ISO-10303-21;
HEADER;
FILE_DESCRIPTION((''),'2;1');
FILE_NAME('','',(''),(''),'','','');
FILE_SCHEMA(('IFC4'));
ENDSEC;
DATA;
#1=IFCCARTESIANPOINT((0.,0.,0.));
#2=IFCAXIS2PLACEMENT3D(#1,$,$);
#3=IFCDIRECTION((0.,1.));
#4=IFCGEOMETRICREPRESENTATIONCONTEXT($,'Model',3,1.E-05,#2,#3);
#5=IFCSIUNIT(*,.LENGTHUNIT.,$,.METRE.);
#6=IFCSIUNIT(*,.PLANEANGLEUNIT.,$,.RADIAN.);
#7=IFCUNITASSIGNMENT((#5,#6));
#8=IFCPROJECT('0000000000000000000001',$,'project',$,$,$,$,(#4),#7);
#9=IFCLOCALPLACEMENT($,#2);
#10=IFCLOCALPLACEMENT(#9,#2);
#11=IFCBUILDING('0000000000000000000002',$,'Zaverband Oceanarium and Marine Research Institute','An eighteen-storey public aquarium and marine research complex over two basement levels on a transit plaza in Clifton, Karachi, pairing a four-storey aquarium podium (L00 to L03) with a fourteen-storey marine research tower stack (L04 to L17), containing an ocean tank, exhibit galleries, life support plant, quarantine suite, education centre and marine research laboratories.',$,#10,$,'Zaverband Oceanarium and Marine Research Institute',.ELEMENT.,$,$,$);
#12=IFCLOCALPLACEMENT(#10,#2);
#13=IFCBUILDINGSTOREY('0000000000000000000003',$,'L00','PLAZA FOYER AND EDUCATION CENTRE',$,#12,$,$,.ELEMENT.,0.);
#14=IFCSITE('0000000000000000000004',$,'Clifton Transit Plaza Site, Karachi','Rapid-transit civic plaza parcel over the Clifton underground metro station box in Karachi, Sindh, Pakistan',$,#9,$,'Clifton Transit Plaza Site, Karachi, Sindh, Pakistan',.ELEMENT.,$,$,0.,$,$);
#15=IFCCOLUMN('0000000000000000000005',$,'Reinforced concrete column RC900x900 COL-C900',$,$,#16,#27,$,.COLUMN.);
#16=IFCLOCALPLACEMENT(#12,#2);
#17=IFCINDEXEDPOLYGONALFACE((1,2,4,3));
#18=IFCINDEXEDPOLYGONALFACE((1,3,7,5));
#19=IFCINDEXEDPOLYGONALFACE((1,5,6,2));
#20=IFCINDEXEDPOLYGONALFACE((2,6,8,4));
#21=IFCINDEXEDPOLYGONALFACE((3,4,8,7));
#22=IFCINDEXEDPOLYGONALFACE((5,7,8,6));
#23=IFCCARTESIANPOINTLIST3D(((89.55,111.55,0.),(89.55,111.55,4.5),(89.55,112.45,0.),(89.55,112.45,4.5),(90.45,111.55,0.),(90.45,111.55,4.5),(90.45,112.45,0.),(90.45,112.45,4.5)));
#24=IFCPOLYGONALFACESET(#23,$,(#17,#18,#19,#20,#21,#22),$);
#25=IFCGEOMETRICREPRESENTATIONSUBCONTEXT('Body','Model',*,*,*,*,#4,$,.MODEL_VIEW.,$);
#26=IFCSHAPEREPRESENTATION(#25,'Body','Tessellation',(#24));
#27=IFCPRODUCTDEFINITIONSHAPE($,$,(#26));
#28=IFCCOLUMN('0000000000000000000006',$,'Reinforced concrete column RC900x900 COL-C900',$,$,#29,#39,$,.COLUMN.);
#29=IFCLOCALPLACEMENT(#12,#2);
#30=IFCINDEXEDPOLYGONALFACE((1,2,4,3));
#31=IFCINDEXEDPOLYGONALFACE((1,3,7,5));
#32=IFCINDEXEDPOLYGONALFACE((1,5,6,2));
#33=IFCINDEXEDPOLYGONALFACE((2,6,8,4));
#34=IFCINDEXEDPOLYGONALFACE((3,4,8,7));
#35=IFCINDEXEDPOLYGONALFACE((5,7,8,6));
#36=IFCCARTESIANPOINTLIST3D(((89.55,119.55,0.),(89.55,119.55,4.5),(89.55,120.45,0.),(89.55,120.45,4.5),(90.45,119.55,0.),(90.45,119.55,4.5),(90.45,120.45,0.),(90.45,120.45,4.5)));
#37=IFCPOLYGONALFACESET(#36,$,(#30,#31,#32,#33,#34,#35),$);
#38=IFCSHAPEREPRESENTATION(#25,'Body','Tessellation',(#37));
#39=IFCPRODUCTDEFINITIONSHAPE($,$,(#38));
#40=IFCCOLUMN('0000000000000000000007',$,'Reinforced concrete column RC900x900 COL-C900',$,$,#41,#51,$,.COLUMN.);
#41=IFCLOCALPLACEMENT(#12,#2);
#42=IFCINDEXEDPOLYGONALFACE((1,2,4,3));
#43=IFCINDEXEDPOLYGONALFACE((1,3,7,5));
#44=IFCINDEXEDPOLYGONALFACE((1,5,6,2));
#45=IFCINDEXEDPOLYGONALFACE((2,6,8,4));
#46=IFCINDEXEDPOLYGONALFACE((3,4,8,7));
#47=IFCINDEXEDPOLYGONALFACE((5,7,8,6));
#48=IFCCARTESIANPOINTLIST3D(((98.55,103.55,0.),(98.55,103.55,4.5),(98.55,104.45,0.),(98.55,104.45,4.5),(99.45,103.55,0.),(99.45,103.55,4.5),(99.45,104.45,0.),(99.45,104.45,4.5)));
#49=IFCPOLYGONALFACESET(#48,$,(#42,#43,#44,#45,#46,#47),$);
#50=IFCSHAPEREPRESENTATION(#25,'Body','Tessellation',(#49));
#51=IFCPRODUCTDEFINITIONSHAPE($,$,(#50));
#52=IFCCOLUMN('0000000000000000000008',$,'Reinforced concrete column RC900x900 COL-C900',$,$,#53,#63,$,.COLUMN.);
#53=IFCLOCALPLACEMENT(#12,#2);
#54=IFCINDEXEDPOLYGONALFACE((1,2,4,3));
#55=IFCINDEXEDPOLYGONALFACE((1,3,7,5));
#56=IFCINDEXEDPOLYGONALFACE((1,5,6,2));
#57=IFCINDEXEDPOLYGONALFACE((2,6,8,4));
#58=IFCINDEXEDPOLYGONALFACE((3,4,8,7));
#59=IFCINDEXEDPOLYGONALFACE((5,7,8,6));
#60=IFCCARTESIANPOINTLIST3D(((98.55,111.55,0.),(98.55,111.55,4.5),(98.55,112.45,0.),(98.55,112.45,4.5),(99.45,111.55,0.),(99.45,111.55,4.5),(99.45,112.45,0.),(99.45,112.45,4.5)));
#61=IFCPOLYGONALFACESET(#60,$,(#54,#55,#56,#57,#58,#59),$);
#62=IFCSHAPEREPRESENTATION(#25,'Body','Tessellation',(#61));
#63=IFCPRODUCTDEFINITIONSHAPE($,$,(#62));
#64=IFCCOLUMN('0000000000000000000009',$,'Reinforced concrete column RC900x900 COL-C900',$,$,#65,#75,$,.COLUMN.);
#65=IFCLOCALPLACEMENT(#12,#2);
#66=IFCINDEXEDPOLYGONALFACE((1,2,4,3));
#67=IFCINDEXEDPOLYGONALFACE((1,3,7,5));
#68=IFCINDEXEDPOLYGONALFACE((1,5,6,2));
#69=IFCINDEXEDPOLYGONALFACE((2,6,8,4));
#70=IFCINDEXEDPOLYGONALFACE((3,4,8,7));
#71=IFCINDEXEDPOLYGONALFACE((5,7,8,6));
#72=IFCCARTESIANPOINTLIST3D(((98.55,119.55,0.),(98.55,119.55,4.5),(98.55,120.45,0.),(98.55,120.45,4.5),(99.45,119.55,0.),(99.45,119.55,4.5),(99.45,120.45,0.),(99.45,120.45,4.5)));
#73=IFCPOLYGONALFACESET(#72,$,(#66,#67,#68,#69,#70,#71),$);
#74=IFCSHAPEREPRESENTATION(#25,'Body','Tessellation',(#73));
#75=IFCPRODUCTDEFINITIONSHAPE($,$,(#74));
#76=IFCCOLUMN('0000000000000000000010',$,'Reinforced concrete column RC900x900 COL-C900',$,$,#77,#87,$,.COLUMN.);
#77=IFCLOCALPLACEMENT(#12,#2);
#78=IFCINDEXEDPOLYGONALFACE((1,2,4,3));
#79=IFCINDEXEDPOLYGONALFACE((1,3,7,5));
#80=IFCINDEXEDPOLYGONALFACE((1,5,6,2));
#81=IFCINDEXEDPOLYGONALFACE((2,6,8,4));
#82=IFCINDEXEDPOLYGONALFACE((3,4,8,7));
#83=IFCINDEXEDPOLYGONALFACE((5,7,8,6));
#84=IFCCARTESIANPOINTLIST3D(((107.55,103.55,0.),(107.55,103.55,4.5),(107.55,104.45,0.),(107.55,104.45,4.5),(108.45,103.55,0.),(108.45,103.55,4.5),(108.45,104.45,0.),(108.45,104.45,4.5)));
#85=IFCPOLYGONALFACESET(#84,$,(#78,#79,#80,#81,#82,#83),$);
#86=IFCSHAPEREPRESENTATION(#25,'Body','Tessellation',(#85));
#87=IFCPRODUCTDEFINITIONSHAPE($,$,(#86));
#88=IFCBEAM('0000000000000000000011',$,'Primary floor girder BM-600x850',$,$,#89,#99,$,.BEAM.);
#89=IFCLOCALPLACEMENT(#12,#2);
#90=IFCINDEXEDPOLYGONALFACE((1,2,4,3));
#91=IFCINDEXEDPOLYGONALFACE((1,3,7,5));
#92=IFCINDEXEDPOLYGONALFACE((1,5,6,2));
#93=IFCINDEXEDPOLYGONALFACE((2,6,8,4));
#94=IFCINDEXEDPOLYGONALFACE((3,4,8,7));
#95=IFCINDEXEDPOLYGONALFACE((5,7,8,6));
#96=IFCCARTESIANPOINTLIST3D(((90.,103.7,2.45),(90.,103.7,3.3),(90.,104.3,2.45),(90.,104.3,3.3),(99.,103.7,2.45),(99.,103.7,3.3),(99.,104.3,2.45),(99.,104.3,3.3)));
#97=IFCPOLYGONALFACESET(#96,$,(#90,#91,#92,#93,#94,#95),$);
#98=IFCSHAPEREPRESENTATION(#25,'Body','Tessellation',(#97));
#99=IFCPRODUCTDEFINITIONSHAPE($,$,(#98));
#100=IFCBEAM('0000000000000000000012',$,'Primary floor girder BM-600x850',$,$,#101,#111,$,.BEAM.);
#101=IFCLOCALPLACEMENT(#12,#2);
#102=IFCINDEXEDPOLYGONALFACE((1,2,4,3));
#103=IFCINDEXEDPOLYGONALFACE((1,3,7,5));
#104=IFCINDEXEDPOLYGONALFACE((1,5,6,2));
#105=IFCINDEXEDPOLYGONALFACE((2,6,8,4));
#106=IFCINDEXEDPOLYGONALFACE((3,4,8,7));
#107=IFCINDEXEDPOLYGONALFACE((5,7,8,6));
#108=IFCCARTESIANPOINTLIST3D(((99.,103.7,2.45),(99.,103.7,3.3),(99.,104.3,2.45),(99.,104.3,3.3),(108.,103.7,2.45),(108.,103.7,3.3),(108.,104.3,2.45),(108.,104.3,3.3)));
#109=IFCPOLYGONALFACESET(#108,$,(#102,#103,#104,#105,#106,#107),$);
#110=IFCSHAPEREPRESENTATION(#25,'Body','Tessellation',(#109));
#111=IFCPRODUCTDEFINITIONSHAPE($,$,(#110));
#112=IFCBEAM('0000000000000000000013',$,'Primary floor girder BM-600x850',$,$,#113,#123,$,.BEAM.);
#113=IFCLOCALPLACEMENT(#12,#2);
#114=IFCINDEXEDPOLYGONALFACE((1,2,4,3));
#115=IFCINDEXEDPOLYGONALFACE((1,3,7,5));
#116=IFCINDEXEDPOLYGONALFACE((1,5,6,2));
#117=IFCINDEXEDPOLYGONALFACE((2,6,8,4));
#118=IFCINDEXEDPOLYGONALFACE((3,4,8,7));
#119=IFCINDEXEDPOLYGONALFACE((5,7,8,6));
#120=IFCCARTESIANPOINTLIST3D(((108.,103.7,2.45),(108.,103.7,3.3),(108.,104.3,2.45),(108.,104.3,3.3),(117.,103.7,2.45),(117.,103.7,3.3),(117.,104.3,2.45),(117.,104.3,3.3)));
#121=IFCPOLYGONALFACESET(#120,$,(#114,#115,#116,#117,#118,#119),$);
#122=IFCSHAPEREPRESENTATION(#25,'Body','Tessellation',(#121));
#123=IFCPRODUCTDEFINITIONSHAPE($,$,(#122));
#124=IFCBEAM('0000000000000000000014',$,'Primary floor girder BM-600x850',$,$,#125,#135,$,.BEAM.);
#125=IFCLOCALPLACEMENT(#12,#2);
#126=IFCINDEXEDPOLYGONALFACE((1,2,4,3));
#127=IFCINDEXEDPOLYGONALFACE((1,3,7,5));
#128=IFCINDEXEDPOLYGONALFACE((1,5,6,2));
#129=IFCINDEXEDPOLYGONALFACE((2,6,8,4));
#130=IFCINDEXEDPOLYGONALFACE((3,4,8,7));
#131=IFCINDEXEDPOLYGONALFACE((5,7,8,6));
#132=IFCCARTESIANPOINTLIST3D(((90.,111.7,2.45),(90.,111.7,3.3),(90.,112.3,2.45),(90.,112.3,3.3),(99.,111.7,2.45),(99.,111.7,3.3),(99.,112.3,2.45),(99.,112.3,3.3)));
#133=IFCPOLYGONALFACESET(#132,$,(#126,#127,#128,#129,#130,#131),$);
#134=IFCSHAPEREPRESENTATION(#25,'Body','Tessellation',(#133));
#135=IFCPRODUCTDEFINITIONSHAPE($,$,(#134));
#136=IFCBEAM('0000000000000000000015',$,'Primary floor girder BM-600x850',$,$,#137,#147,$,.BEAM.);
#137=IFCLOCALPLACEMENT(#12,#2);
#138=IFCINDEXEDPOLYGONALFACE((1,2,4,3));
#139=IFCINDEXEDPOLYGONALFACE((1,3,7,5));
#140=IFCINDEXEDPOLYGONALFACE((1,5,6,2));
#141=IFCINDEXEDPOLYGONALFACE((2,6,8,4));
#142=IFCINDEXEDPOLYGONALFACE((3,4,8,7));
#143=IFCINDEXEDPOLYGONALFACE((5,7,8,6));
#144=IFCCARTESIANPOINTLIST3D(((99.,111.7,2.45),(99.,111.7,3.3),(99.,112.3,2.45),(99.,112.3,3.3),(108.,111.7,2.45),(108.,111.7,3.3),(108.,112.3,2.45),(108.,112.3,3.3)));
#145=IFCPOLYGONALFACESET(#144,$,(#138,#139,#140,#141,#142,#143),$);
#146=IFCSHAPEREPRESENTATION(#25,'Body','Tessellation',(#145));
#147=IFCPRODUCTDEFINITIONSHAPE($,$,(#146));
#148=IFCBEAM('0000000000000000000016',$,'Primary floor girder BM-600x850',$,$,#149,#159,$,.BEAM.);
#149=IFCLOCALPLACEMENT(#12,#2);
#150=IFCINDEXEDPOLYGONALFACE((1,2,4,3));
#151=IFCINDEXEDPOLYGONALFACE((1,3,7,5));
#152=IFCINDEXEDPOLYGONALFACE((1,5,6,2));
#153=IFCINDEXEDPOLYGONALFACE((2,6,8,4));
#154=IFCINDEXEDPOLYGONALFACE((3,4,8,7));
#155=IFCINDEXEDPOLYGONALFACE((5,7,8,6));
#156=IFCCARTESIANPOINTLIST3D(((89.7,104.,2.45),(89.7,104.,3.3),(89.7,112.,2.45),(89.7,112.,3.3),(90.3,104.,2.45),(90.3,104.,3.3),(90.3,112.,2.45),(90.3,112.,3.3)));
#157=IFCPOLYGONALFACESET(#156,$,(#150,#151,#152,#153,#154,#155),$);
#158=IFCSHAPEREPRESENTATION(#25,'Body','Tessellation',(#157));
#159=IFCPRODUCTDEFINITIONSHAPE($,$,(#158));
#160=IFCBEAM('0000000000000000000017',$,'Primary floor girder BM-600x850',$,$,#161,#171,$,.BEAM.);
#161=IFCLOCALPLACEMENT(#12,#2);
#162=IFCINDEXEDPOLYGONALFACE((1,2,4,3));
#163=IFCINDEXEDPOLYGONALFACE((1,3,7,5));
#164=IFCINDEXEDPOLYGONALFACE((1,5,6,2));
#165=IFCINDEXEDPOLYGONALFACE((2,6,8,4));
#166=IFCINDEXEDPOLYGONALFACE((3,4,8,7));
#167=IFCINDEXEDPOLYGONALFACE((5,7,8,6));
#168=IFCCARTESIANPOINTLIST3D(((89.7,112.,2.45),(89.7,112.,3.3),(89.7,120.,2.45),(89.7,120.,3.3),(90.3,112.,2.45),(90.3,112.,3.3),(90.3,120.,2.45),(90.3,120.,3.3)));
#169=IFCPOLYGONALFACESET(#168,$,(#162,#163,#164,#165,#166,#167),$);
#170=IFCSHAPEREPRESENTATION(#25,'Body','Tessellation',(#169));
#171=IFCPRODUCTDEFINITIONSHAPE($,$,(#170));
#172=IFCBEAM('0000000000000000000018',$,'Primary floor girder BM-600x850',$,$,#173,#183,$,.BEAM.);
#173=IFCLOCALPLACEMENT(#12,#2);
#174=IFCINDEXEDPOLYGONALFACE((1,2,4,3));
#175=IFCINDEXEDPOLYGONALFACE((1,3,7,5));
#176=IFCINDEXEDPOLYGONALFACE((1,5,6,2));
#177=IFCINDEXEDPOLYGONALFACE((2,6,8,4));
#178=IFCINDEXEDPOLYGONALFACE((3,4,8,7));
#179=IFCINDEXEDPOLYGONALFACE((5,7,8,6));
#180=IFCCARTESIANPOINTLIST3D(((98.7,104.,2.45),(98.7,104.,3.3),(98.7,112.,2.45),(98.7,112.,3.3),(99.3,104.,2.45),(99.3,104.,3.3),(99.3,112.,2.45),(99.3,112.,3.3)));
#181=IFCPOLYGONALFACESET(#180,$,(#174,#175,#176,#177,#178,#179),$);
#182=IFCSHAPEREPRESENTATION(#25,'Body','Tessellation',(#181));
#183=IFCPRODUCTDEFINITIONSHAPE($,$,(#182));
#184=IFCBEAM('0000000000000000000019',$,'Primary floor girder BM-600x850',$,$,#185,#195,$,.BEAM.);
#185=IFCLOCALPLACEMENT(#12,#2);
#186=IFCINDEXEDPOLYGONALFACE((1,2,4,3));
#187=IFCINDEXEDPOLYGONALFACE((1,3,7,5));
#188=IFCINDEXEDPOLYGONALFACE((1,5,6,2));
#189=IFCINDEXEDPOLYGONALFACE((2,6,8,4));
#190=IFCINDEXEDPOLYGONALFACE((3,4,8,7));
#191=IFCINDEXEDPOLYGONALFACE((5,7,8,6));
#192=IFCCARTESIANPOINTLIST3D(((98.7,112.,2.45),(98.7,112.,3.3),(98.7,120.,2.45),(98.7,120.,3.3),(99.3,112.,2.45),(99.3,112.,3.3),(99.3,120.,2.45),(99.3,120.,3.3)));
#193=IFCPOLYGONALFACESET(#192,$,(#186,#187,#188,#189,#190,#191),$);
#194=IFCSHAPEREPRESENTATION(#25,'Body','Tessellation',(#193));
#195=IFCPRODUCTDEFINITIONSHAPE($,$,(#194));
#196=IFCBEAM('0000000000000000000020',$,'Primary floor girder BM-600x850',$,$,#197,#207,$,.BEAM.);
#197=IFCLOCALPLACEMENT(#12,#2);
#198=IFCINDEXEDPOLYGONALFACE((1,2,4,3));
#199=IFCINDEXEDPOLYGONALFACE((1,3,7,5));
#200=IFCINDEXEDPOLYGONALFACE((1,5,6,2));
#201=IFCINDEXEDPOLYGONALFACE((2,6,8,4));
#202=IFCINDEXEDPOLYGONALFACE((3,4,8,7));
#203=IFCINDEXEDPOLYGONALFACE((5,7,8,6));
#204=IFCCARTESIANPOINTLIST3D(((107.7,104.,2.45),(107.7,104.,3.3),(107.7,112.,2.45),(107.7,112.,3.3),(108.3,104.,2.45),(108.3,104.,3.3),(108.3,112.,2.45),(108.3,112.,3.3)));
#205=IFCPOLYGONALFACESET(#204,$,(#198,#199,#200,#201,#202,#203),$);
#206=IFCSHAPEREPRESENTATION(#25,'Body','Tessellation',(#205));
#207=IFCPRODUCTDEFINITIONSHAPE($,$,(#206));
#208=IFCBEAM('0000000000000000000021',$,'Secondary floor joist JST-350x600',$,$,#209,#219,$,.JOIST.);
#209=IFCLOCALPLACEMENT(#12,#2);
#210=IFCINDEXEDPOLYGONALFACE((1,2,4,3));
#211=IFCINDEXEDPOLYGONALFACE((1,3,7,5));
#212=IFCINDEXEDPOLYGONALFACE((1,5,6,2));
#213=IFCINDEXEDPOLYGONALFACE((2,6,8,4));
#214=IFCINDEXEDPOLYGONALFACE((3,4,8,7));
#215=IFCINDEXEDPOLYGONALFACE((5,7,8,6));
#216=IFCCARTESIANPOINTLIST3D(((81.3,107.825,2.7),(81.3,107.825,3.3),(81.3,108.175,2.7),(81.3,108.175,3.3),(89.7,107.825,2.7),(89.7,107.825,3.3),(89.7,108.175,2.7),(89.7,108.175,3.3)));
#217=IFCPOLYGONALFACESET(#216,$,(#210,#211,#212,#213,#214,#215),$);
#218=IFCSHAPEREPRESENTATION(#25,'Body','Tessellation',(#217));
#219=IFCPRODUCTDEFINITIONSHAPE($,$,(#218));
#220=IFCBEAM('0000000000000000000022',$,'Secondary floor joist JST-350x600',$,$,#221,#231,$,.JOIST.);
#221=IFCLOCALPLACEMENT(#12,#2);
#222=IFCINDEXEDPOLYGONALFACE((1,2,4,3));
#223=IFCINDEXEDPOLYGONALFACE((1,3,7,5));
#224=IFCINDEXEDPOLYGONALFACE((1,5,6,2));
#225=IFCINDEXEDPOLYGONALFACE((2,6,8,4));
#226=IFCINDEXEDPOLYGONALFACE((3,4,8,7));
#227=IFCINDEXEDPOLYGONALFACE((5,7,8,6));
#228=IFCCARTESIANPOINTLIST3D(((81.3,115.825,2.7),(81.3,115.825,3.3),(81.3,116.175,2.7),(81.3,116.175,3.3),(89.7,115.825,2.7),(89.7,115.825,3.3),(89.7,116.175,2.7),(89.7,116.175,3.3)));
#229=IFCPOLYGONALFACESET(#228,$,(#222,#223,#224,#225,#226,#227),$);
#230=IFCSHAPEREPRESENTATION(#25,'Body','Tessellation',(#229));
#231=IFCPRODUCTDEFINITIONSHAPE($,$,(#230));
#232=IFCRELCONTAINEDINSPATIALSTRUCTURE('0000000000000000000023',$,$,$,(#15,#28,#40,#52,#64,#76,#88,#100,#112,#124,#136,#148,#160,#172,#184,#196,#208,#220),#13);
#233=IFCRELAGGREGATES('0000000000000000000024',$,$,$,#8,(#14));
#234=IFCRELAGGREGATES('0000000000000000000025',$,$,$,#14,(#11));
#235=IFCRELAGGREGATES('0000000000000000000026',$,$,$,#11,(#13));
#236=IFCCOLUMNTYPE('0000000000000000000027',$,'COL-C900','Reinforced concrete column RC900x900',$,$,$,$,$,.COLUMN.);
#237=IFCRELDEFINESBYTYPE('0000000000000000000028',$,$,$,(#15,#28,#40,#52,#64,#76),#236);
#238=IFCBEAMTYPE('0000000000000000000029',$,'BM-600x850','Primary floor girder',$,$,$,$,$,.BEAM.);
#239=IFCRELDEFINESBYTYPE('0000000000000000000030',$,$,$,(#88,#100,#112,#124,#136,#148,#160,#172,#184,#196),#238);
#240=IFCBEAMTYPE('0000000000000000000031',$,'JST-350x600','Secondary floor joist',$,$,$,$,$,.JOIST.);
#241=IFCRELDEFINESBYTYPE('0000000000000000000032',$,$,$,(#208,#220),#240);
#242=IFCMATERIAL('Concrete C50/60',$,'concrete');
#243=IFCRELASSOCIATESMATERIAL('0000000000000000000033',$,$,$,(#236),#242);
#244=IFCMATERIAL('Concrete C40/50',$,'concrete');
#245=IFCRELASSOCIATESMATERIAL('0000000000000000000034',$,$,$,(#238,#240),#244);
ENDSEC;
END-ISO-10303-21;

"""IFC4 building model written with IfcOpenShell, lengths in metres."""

from ifc_helpers import new_model, si_unit, direction, frame, origin, origin_2d, place, context, subcontext, project, spatial, rectangle, extrude, material, material_profile, profile_set, type_object, element, save


model = new_model("IFC4")

# Units and contexts
model_context = context("Model", 3, precision=1e-05, world=origin(), true_north=direction((0.0, 1.0)))
body_context = subcontext(model_context, "Body", "Model", "MODEL_VIEW")
ifc_project = project(units=[si_unit("LENGTHUNIT", "METRE"), si_unit("PLANEANGLEUNIT", "RADIAN")], contexts=[model_context])

# Site, building, storey
site_placement = place(None, origin())
site = spatial("IfcSite", under=ifc_project, at=site_placement, Name="Clifton Transit Plaza Site, Karachi", Description="Rapid-transit civic plaza parcel over the Clifton underground metro station box in Karachi, Sindh, Pakistan", LongName="Clifton Transit Plaza Site, Karachi, Sindh, Pakistan", CompositionType="ELEMENT", RefElevation=0.0)
building_placement = place(site_placement, origin())
building = spatial("IfcBuilding", under=site, at=building_placement, Name="Zaverband Oceanarium and Marine Research Institute", Description="An eighteen-storey public aquarium and marine research complex over two basement levels on a transit plaza in Clifton, Karachi, pairing a four-storey aquarium podium (L00 to L03) with a fourteen-storey marine research tower stack (L04 to L17), containing an ocean tank, exhibit galleries, life support plant, quarantine suite, education centre and marine research laboratories.", LongName="Zaverband Oceanarium and Marine Research Institute", CompositionType="ELEMENT")
storey_placement = place(building_placement, origin())
storey = spatial("IfcBuildingStorey", under=building, at=storey_placement, Name="L00", Description="PLAZA FOYER AND EDUCATION CENTRE", CompositionType="ELEMENT", Elevation=0.0)

# Columns
ifc_material_1 = material(Name="Concrete C50/60", Category="concrete")
ifc_material_profile_1 = material_profile(ifc_material_1, rectangle(XDim=0.8999, YDim=0.8999, at=origin_2d()), Name="RC900x900")
ifc_profile_set_1 = profile_set([ifc_material_profile_1], Name="Concrete C50/60")
column_type = type_object("IfcColumnType", Name="COL-C900", Description="Reinforced concrete column RC900x900", PredefinedType="COLUMN", material=ifc_profile_set_1)
for number, where, z_axis, x_axis, name in (
    (1, (90.0, 112.0, 0.0), (0.0, 0.0, 1.0), (1.0, 0.0, 0.0), "Reinforced concrete column RC900x900 COL-C900"),
    (2, (90.0, 120.0, 0.0), (0.0, 0.0, 1.0), (1.0, 0.0, 0.0), "Reinforced concrete column RC900x900 COL-C900"),
    (3, (99.0, 104.0, 0.0), (0.0, 0.0, 1.0), (1.0, 0.0, 0.0), "Reinforced concrete column RC900x900 COL-C900"),
    (4, (99.0, 112.0, 0.0), (0.0, 0.0, 1.0), (1.0, 0.0, 0.0), "Reinforced concrete column RC900x900 COL-C900"),
    (5, (99.0, 120.0, 0.0), (0.0, 0.0, 1.0), (1.0, 0.0, 0.0), "Reinforced concrete column RC900x900 COL-C900"),
    (6, (108.0, 104.0, 0.0), (0.0, 0.0, 1.0), (1.0, 0.0, 0.0), "Reinforced concrete column RC900x900 COL-C900"),
):
    element("IfcColumn", number, at=place(storey_placement, frame(where, z_axis=z_axis, x_axis=x_axis)), inside=storey, type_object=column_type, Name=name, PredefinedType="COLUMN", context=body_context, shape_type="SweptSolid", body=[
        extrude(rectangle(XDim=0.8999, YDim=0.8999, at=origin_2d()), origin(), (0.0, 0.0, 1.0), 4.5),
    ])

# Beams
ifc_material_2 = material(Name="Concrete C40/50", Category="concrete")
ifc_material_profile_2 = material_profile(ifc_material_2, rectangle(XDim=0.6001, YDim=0.8501, at=origin_2d()), Name="RC600x850")
ifc_profile_set_2 = profile_set([ifc_material_profile_2], Name="Concrete C40/50")
beam_type_1 = type_object("IfcBeamType", Name="BM-600x850", Description="Primary floor girder", PredefinedType="BEAM", material=ifc_profile_set_2)
for number, where, z_axis, x_axis, name in (
    (7, (90.0, 104.0, 2.875), (1.0, 0.0, 0.0), (0.0, 1.0, 0.0), "Primary floor girder BM-600x850"),
    (8, (99.0, 104.0, 2.875), (1.0, 0.0, 0.0), (0.0, 1.0, 0.0), "Primary floor girder BM-600x850"),
    (9, (108.0, 104.0, 2.875), (1.0, 0.0, 0.0), (0.0, 1.0, 0.0), "Primary floor girder BM-600x850"),
    (10, (90.0, 112.0, 2.875), (1.0, 0.0, 0.0), (0.0, 1.0, 0.0), "Primary floor girder BM-600x850"),
    (11, (99.0, 112.0, 2.875), (1.0, 0.0, 0.0), (0.0, 1.0, 0.0), "Primary floor girder BM-600x850"),
):
    element("IfcBeam", number, at=place(storey_placement, frame(where, z_axis=z_axis, x_axis=x_axis)), inside=storey, type_object=beam_type_1, Name=name, PredefinedType="BEAM", context=body_context, shape_type="SweptSolid", body=[
        extrude(rectangle(XDim=0.6001, YDim=0.8501, at=origin_2d()), origin(), (0.0, 0.0, 1.0), 9.0),
    ])
for number, where, z_axis, x_axis, name in (
    (12, (90.0, 104.0, 2.875), (0.0, 1.0, 0.0), (-1.0, 0.0, 0.0), "Primary floor girder BM-600x850"),
    (13, (90.0, 112.0, 2.875), (0.0, 1.0, 0.0), (-1.0, 0.0, 0.0), "Primary floor girder BM-600x850"),
    (14, (99.0, 104.0, 2.875), (0.0, 1.0, 0.0), (-1.0, 0.0, 0.0), "Primary floor girder BM-600x850"),
    (15, (99.0, 112.0, 2.875), (0.0, 1.0, 0.0), (-1.0, 0.0, 0.0), "Primary floor girder BM-600x850"),
    (16, (108.0, 104.0, 2.875), (0.0, 1.0, 0.0), (-1.0, 0.0, 0.0), "Primary floor girder BM-600x850"),
):
    element("IfcBeam", number, at=place(storey_placement, frame(where, z_axis=z_axis, x_axis=x_axis)), inside=storey, type_object=beam_type_1, Name=name, PredefinedType="BEAM", context=body_context, shape_type="SweptSolid", body=[
        extrude(rectangle(XDim=0.6001, YDim=0.8501, at=origin_2d()), origin(), (0.0, 0.0, 1.0), 8.0),
    ])
ifc_material_profile_3 = material_profile(ifc_material_2, rectangle(XDim=0.3501, YDim=0.6001, at=origin_2d()), Name="RC350x600")
ifc_profile_set_3 = profile_set([ifc_material_profile_3], Name="Concrete C40/50")
beam_type_2 = type_object("IfcBeamType", Name="JST-350x600", Description="Secondary floor joist", PredefinedType="JOIST", material=ifc_profile_set_3)
for number, where, z_axis, x_axis, name in (
    (17, (81.3, 108.0, 3.0), (1.0, 0.0, 0.0), (0.0, 1.0, 0.0), "Secondary floor joist JST-350x600"),
    (18, (81.3, 116.0, 3.0), (1.0, 0.0, 0.0), (0.0, 1.0, 0.0), "Secondary floor joist JST-350x600"),
):
    element("IfcBeam", number, at=place(storey_placement, frame(where, z_axis=z_axis, x_axis=x_axis)), inside=storey, type_object=beam_type_2, Name=name, PredefinedType="JOIST", context=body_context, shape_type="SweptSolid", body=[
        extrude(rectangle(XDim=0.3501, YDim=0.6001, at=origin_2d()), origin(), (0.0, 0.0, 1.0), 8.3999),
    ])

save(model, "model.ifc")
